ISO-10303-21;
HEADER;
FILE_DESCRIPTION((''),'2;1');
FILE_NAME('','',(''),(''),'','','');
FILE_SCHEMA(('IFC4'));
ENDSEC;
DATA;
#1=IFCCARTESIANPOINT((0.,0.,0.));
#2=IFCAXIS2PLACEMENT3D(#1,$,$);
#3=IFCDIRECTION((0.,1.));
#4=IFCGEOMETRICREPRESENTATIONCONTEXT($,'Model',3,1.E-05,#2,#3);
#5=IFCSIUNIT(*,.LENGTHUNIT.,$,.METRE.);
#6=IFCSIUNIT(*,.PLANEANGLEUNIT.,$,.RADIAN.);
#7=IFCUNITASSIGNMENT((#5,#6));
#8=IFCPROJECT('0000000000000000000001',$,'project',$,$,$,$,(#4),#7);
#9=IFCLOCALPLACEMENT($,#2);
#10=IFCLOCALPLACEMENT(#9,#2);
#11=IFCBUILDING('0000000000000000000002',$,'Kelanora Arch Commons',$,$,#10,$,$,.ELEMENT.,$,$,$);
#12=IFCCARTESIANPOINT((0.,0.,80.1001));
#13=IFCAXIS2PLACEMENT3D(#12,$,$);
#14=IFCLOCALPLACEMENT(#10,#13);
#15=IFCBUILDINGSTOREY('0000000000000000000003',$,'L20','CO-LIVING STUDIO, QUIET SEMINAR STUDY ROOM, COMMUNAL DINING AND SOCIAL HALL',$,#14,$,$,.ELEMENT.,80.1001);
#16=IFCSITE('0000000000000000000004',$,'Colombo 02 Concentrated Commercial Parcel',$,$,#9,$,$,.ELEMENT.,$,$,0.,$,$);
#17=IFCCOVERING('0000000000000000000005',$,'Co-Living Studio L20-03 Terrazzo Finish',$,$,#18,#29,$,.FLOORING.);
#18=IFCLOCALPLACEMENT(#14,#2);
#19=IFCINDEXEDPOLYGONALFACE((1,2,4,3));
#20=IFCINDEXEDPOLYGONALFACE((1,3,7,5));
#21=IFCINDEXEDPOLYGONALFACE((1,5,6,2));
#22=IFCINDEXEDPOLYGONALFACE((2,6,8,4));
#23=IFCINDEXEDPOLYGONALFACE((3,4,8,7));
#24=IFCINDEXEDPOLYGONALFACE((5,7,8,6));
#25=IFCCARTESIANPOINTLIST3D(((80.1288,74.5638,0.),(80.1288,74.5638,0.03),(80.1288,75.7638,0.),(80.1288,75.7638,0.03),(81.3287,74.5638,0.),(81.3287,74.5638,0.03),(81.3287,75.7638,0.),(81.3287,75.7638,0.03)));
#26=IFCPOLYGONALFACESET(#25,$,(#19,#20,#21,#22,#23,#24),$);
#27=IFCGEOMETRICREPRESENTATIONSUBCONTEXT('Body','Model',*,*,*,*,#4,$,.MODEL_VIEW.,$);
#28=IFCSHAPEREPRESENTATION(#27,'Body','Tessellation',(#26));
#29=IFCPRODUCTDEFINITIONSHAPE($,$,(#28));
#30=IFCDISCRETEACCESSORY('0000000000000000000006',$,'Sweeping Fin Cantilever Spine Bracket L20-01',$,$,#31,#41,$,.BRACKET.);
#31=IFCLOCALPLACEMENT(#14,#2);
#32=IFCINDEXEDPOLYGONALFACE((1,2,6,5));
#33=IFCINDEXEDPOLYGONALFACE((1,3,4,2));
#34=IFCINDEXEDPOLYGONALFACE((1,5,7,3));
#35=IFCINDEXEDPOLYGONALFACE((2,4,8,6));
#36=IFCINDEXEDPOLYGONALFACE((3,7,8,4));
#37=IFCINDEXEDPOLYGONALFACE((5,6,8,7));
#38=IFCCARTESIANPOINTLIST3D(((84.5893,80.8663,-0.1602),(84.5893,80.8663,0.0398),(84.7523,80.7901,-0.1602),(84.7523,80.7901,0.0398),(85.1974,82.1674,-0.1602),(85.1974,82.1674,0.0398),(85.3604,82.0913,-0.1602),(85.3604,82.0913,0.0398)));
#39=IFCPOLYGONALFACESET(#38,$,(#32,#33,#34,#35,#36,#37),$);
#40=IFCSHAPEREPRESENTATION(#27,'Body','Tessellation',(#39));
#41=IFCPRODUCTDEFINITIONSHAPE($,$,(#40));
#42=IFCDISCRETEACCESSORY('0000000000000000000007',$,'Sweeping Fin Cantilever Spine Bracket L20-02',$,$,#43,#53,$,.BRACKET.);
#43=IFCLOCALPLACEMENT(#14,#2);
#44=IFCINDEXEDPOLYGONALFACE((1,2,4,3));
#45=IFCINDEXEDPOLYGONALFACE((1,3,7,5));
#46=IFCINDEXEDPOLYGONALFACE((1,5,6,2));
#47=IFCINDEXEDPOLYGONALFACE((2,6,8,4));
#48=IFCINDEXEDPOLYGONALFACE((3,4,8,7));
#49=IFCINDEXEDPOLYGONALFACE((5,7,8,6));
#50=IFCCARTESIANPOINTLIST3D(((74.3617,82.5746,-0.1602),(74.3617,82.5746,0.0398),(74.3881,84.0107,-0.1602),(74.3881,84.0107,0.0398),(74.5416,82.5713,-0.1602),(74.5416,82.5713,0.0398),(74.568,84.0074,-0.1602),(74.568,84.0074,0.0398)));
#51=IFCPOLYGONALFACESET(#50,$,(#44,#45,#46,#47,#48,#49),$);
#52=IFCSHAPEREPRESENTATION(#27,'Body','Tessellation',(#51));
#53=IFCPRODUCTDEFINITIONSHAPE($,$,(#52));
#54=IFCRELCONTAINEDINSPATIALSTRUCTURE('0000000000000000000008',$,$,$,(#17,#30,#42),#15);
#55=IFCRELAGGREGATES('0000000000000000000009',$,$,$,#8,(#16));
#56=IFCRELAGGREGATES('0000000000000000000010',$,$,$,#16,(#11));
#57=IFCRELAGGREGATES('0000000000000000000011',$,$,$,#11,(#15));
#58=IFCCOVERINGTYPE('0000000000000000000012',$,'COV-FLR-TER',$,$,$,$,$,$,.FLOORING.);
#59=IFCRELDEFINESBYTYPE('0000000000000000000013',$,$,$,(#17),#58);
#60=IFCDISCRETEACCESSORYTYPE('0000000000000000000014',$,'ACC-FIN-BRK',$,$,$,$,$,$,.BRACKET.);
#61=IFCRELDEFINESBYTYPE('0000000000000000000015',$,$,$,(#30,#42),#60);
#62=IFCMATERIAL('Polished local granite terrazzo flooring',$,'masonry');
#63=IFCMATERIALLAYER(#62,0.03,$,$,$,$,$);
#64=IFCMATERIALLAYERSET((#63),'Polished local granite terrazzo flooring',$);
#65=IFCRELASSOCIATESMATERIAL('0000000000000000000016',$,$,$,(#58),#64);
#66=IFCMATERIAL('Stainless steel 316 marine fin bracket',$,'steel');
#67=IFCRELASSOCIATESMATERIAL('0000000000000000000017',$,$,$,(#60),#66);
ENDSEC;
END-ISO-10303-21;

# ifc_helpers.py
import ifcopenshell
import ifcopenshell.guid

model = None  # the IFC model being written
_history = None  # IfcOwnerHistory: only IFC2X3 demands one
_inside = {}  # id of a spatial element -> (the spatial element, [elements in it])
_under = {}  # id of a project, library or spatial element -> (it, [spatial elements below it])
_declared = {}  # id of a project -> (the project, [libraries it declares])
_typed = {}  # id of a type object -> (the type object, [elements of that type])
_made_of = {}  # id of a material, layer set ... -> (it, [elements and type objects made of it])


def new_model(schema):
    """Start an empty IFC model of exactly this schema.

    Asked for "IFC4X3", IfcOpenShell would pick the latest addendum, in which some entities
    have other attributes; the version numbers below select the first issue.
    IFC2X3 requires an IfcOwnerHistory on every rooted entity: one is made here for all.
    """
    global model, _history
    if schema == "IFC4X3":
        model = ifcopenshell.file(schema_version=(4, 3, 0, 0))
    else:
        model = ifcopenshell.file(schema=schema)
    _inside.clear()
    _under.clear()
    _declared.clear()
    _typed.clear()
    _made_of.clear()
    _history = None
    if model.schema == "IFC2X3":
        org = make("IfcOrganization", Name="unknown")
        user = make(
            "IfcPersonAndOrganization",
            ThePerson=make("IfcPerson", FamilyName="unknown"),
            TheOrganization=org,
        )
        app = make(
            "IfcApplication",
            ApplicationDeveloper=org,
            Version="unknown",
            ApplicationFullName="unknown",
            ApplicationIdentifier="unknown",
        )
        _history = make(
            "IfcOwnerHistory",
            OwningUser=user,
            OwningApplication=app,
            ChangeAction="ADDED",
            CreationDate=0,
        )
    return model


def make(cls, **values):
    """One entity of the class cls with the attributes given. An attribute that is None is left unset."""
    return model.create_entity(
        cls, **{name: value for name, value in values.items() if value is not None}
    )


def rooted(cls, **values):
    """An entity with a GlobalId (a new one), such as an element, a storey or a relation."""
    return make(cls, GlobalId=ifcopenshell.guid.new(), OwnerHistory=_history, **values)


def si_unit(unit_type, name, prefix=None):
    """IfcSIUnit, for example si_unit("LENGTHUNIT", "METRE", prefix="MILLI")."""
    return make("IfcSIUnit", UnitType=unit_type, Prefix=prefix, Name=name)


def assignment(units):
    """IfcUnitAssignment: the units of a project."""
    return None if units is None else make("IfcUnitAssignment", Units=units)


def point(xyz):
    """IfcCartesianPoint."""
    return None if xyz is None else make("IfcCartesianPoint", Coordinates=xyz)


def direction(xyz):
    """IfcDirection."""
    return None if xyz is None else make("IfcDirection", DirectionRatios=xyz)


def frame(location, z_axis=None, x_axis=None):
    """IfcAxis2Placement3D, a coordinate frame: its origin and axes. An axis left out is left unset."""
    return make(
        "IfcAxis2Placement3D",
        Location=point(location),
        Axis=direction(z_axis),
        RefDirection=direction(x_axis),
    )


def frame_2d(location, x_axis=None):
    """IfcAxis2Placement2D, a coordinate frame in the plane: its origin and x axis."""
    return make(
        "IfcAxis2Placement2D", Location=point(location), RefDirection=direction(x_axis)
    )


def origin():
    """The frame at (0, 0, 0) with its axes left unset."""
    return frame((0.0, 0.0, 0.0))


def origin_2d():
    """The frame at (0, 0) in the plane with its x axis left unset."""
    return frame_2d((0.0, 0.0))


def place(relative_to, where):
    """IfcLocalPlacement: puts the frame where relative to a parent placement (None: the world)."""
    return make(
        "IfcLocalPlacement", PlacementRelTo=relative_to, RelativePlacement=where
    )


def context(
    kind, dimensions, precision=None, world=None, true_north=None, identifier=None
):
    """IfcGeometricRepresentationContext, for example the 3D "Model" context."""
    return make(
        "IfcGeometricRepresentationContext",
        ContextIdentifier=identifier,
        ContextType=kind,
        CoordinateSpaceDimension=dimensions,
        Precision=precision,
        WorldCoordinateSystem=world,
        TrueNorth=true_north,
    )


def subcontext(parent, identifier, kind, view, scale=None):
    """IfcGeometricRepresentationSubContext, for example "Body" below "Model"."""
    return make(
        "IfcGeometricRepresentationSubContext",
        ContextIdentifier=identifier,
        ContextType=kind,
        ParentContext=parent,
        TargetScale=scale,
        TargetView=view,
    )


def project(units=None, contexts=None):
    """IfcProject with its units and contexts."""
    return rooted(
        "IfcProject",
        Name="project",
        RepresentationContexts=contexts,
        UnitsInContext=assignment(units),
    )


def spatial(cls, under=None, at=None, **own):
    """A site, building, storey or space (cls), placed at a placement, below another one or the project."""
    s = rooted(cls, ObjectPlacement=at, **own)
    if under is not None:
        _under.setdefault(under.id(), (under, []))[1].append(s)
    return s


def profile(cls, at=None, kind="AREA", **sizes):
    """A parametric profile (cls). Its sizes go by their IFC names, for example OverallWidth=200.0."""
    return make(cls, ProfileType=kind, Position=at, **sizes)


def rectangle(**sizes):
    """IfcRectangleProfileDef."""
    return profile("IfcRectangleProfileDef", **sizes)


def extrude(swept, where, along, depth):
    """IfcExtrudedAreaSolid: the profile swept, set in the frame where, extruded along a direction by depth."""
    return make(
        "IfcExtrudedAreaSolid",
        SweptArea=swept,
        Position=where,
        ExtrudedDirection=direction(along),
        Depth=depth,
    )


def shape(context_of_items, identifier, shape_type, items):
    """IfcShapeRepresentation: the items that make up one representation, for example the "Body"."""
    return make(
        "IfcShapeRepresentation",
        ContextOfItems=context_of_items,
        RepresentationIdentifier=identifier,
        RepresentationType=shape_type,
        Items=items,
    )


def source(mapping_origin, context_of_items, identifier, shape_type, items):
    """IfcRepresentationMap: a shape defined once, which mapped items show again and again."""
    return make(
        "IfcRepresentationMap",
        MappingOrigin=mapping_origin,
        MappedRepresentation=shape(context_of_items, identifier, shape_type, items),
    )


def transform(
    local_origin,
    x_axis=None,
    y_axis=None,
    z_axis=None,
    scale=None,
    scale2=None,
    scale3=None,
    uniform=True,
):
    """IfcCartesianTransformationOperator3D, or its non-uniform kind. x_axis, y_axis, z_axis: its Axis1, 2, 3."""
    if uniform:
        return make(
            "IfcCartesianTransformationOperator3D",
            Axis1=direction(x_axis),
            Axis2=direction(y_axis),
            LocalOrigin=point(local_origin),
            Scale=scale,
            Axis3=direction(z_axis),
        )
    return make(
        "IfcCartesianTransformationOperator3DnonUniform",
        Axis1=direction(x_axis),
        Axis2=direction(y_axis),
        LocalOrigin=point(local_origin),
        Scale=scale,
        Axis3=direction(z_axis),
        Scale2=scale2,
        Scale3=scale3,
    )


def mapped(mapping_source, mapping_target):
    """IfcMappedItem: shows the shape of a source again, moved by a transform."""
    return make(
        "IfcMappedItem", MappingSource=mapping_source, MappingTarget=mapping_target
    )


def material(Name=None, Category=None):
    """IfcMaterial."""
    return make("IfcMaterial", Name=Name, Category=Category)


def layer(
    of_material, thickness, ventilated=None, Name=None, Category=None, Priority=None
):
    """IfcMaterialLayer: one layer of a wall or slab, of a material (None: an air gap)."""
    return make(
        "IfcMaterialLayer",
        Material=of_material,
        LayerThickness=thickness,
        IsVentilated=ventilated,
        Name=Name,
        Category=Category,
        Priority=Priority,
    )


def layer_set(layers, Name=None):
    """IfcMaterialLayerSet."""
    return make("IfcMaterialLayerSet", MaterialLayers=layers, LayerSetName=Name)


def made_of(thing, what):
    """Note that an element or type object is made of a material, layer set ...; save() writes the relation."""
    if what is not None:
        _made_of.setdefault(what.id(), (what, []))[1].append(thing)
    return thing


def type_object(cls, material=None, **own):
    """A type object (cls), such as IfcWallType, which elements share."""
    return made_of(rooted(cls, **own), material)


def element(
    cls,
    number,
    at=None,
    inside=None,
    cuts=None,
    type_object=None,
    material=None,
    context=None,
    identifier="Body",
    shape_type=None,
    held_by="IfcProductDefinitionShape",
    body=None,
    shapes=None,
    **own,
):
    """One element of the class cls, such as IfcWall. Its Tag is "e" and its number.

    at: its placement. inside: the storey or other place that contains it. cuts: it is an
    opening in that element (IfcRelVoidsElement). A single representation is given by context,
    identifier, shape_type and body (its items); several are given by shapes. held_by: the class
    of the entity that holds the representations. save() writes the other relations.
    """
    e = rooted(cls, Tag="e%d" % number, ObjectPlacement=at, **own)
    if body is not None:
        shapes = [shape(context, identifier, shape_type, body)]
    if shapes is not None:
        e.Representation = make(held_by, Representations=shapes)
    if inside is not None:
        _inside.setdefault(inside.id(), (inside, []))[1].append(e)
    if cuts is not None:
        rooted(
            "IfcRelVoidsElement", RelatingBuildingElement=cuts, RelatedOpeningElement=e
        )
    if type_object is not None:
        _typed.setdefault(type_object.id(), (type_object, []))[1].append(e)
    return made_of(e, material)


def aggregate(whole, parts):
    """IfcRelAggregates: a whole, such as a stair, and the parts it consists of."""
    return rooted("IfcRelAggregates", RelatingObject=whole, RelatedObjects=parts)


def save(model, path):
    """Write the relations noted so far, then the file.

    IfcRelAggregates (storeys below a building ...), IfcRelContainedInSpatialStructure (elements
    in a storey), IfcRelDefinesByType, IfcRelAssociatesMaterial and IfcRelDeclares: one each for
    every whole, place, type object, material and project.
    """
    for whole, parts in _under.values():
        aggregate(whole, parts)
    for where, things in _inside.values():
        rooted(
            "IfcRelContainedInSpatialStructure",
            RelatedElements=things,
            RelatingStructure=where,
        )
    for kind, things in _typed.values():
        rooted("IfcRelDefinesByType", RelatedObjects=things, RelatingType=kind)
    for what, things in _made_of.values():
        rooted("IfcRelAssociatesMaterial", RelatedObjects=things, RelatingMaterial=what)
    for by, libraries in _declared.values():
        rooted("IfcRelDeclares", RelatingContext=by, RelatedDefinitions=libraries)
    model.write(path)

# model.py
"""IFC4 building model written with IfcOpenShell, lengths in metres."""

from ifc_helpers import new_model, si_unit, direction, frame, origin, origin_2d, place, context, subcontext, project, spatial, rectangle, extrude, source, transform, mapped, material, layer, layer_set, type_object, element, save


model = new_model("IFC4")

# Units and contexts
model_context = context("Model", 3, precision=1e-05, world=origin(), true_north=direction((0.0, 1.0)))
body_context = subcontext(model_context, "Body", "Model", "MODEL_VIEW")
ifc_project = project(units=[si_unit("LENGTHUNIT", "METRE"), si_unit("PLANEANGLEUNIT", "RADIAN")], contexts=[model_context])

# Site, building, storey
site_placement = place(None, origin())
site = spatial("IfcSite", under=ifc_project, at=site_placement, Name="Colombo 02 Concentrated Commercial Parcel", CompositionType="ELEMENT", RefElevation=0.0)
building_placement = place(site_placement, origin())
building = spatial("IfcBuilding", under=site, at=building_placement, Name="Kelanora Arch Commons", CompositionType="ELEMENT")
storey_placement = place(building_placement, frame((0.0, 0.0, 80.1001)))
storey = spatial("IfcBuildingStorey", under=building, at=storey_placement, Name="L20", Description="CO-LIVING STUDIO, QUIET SEMINAR STUDY ROOM, COMMUNAL DINING AND SOCIAL HALL", CompositionType="ELEMENT", Elevation=80.1001)

# Covering
ifc_material_1 = material(Name="Polished local granite terrazzo flooring", Category="masonry")
ifc_layer_1 = layer(ifc_material_1, 0.03)
ifc_layer_set_1 = layer_set([ifc_layer_1], Name="Polished local granite terrazzo flooring")
covering_type = type_object("IfcCoveringType", Name="COV-FLR-TER", PredefinedType="FLOORING", material=ifc_layer_set_1)
shared_shape_1 = source(origin(), body_context, "Body", "SweptSolid", [
    extrude(rectangle(XDim=1.2, YDim=1.2, at=origin_2d()), origin(), (0.0, 0.0, 1.0), 0.03),
])
covering_placement = place(storey_placement, frame((80.7288, 75.1638, 0.0), z_axis=(0.0, 0.0, 1.0), x_axis=(1.0, 0.0, 0.0)))
element("IfcCovering", 1, at=covering_placement, inside=storey, type_object=covering_type, Name="Co-Living Studio L20-03 Terrazzo Finish", PredefinedType="FLOORING", context=body_context, shape_type="MappedRepresentation", body=[
    mapped(shared_shape_1, transform((0.0, 0.0, 0.0), scale=1.0)),
])

# Discrete accessories
ifc_material_2 = material(Name="Stainless steel 316 marine fin bracket", Category="steel")
discrete_accessory_type = type_object("IfcDiscreteAccessoryType", Name="ACC-FIN-BRK", PredefinedType="BRACKET", material=ifc_material_2)
shared_shape_2 = source(origin(), body_context, "Body", "SweptSolid", [
    extrude(rectangle(XDim=1.4363, YDim=0.1799, at=origin_2d()), origin(), (0.0, 0.0, 1.0), 0.2),
])
for number, where, z_axis, x_axis, name in (
    (2, (84.9749, 81.4788, -0.1602), (0.0, 0.0, 1.0), (0.423409, 0.905939, 0.0), "Sweeping Fin Cantilever Spine Bracket L20-01"),
    (3, (74.4648, 83.291, -0.1602), (0.0, 0.0, 1.0), (0.018325, 0.999832, 0.0), "Sweeping Fin Cantilever Spine Bracket L20-02"),
):
    element("IfcDiscreteAccessory", number, at=place(storey_placement, frame(where, z_axis=z_axis, x_axis=x_axis)), inside=storey, type_object=discrete_accessory_type, Name=name, PredefinedType="BRACKET", context=body_context, shape_type="MappedRepresentation", body=[
        mapped(shared_shape_2, transform((0.0, 0.0, 0.0), scale=1.0)),
    ])

save(model, "model.ifc")
